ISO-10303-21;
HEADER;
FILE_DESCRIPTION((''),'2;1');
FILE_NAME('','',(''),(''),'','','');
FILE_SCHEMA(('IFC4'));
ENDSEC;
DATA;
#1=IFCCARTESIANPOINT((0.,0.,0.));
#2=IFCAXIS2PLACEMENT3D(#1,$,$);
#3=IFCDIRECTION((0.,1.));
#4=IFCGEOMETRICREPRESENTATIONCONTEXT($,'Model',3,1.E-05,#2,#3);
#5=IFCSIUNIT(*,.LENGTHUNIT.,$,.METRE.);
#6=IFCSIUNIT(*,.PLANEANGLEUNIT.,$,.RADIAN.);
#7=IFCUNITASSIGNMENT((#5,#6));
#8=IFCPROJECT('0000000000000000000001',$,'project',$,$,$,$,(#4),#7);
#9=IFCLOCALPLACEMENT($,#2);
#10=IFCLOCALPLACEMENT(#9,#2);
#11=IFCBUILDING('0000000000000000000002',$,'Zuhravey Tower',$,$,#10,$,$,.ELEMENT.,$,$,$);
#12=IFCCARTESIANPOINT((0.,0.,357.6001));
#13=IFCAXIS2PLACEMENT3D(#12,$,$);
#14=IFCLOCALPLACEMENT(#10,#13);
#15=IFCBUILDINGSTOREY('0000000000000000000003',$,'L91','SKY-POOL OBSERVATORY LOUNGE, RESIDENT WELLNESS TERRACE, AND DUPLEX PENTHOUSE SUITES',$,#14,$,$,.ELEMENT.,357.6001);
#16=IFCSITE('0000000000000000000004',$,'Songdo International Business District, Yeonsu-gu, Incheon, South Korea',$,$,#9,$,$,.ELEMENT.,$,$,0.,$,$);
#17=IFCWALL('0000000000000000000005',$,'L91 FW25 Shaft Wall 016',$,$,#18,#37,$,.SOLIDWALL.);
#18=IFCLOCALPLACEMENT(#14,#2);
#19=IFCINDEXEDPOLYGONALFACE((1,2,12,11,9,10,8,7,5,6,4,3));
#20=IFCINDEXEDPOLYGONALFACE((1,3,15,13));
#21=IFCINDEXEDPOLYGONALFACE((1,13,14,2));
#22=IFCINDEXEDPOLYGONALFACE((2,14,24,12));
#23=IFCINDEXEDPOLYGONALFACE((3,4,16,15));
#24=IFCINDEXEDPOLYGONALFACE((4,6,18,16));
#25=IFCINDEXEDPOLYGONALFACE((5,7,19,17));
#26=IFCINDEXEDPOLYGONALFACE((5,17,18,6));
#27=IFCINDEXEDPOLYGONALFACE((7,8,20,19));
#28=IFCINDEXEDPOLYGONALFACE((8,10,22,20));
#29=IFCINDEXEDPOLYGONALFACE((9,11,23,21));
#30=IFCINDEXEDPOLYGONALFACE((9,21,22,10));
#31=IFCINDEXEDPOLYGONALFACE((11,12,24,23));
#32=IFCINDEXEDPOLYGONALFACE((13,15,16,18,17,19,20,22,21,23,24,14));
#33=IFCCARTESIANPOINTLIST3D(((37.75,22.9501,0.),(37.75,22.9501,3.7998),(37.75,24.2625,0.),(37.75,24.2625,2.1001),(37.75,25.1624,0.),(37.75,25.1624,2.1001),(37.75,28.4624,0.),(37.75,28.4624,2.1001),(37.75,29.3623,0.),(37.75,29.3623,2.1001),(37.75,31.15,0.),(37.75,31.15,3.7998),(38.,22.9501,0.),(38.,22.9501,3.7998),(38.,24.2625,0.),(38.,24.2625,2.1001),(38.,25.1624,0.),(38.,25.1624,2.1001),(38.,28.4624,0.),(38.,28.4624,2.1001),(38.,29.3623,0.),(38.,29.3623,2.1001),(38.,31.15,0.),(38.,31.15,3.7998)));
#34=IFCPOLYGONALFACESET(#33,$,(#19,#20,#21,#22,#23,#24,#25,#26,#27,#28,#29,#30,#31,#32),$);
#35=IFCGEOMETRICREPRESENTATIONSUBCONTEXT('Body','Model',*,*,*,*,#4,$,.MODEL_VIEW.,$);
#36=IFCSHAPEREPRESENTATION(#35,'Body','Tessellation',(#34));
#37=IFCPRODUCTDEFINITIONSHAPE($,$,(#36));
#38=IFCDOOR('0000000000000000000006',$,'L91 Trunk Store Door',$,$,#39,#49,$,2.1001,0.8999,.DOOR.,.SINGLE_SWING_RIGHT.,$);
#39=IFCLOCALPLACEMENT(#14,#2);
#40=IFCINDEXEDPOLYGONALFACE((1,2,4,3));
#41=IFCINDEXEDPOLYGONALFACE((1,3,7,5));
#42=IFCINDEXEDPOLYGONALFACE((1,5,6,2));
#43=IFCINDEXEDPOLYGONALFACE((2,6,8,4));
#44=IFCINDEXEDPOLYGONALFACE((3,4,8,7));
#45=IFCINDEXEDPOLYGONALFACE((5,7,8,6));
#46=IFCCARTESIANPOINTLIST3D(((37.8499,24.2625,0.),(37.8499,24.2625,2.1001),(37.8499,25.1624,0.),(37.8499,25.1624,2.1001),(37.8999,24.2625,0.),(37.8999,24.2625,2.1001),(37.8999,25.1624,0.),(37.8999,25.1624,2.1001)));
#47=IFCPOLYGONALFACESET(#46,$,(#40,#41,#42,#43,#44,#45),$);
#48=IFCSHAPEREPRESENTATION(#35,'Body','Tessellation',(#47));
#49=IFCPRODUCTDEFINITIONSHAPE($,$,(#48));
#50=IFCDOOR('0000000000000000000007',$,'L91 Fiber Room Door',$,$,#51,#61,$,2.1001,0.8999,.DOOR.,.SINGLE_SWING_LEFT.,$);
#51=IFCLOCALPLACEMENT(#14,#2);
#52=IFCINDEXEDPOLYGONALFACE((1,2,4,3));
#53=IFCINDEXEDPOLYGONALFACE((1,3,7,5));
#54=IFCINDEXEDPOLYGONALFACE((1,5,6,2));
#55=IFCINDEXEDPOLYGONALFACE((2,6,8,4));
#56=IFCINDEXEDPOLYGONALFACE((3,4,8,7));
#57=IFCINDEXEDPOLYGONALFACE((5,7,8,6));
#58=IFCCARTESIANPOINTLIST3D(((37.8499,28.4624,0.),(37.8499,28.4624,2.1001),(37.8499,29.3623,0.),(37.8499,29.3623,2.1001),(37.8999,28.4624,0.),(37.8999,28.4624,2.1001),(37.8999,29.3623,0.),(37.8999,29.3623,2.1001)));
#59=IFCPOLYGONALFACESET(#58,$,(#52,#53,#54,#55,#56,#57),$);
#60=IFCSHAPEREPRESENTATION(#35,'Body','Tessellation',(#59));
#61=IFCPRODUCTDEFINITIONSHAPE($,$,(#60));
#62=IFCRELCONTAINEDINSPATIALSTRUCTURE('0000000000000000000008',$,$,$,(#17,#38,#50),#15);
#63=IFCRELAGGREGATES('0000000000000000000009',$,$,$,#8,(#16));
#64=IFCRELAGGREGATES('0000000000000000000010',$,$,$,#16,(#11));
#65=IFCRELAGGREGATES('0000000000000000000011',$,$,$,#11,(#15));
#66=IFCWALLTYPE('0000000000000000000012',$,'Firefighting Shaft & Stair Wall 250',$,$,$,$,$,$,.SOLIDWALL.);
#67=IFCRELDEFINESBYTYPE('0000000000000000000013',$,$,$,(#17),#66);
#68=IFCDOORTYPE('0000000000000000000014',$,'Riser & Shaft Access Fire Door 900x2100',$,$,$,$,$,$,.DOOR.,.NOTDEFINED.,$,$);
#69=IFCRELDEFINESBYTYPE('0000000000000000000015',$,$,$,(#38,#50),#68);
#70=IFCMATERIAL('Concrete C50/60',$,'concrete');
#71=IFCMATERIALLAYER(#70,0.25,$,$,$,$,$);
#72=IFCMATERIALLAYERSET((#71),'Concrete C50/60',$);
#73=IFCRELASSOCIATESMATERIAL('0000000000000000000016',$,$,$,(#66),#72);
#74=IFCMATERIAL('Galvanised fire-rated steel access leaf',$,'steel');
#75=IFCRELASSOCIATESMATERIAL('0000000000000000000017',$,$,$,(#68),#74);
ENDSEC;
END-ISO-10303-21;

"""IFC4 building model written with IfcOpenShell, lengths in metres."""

from ifc_helpers import new_model, si_unit, direction, frame, frame_2d, origin, place, context, subcontext, project, spatial, rectangle, extrude, material, layer, layer_set, type_object, element, fill, save


model = new_model("IFC4")

# Units and contexts
model_context = context("Model", 3, precision=1e-05, world=origin(), true_north=direction((0.0, 1.0)))
body_context = subcontext(model_context, "Body", "Model", "MODEL_VIEW")
ifc_project = project(units=[si_unit("LENGTHUNIT", "METRE"), si_unit("PLANEANGLEUNIT", "RADIAN")], contexts=[model_context])

# Site, building, storey
site_placement = place(None, origin())
site = spatial("IfcSite", under=ifc_project, at=site_placement, Name="Songdo International Business District, Yeonsu-gu, Incheon, South Korea", CompositionType="ELEMENT", RefElevation=0.0)
building_placement = place(site_placement, origin())
building = spatial("IfcBuilding", under=site, at=building_placement, Name="Zuhravey Tower", CompositionType="ELEMENT")
storey_placement = place(building_placement, frame((0.0, 0.0, 357.6001)))
storey = spatial("IfcBuildingStorey", under=building, at=storey_placement, Name="L91", Description="SKY-POOL OBSERVATORY LOUNGE, RESIDENT WELLNESS TERRACE, AND DUPLEX PENTHOUSE SUITES", CompositionType="ELEMENT", Elevation=357.6001)

# Shared definitions
ifc_material_1 = material(Name="Concrete C50/60", Category="concrete")

# Shared definitions
ifc_layer_1 = layer(ifc_material_1, 0.25)
ifc_layer_set_1 = layer_set([ifc_layer_1], Name="Concrete C50/60")
wall_type_1 = type_object("IfcWallType", Name="Firefighting Shaft & Stair Wall 250", PredefinedType="SOLIDWALL", material=ifc_layer_set_1)

# Shared definitions
ifc_material_2 = material(Name="Galvanised fire-rated steel access leaf", Category="steel")
door_type_1 = type_object("IfcDoorType", Name="Riser & Shaft Access Fire Door 900x2100", OperationType="NOTDEFINED", PredefinedType="DOOR", material=ifc_material_2)

# Wall, openings, doors
wall_1_placement = place(storey_placement, frame((37.875, 22.95, 0.0), z_axis=(0.0, 0.0, 1.0), x_axis=(0.0, 1.0, 0.0)))
wall_1 = element("IfcWall", 1, at=wall_1_placement, inside=storey, type_object=wall_type_1, Name="L91 FW25 Shaft Wall 016", PredefinedType="SOLIDWALL", context=body_context, shape_type="SweptSolid", body=[
    extrude(rectangle(XDim=8.2, YDim=0.25, at=frame_2d((4.1001, 0.0))), origin(), (0.0, 0.0, 1.0), 3.7998),
])
opening_1_placement = place(wall_1_placement, frame((1.3125, 0.0, 0.0)))
opening_1 = element("IfcOpeningElement", 2, at=opening_1_placement, cuts=wall_1, PredefinedType="OPENING", context=body_context, shape_type="SweptSolid", body=[
    extrude(rectangle(XDim=0.8999, YDim=2.1001, at=frame_2d((0.45, 1.05))), frame((0.0, 0.137, 0.0), z_axis=(0.0, -1.0, 0.0), x_axis=(1.0, 0.0, 0.0)), (0.0, 0.0, 1.0), 0.2739),
])
opening_2_placement = place(wall_1_placement, frame((5.5125, 0.0, 0.0)))
opening_2 = element("IfcOpeningElement", 3, at=opening_2_placement, cuts=wall_1, PredefinedType="OPENING", context=body_context, shape_type="SweptSolid", body=[
    extrude(rectangle(XDim=0.8999, YDim=2.1001, at=frame_2d((0.45, 1.05))), frame((0.0, 0.137, 0.0), z_axis=(0.0, -1.0, 0.0), x_axis=(1.0, 0.0, 0.0)), (0.0, 0.0, 1.0), 0.2739),
])
door_1_placement = place(opening_1_placement, frame((0.8999, 0.0, 0.0), z_axis=(0.0, 0.0, 1.0), x_axis=(-1.0, 0.0, 0.0)))
door_1 = element("IfcDoor", 4, at=door_1_placement, inside=storey, type_object=door_type_1, Name="L91 Trunk Store Door", OperationType="SINGLE_SWING_RIGHT", OverallHeight=2.1001, OverallWidth=0.8999, PredefinedType="DOOR", context=body_context, shape_type="SweptSolid", body=[
    extrude(rectangle(XDim=0.8999, YDim=2.1001, at=frame_2d((0.45, 1.05))), frame((0.0, 0.0249, 0.0), z_axis=(0.0, -1.0, 0.0), x_axis=(1.0, 0.0, 0.0)), (0.0, 0.0, 1.0), 0.05),
])
fill(opening_1, door_1)
door_2_placement = place(opening_2_placement, frame((0.8999, 0.0, 0.0), z_axis=(0.0, 0.0, 1.0), x_axis=(-1.0, 0.0, 0.0)))
door_2 = element("IfcDoor", 5, at=door_2_placement, inside=storey, type_object=door_type_1, Name="L91 Fiber Room Door", OperationType="SINGLE_SWING_LEFT", OverallHeight=2.1001, OverallWidth=0.8999, PredefinedType="DOOR", context=body_context, shape_type="SweptSolid", body=[
    extrude(rectangle(XDim=0.8999, YDim=2.1001, at=frame_2d((0.45, 1.05))), frame((0.0, 0.0249, 0.0), z_axis=(0.0, -1.0, 0.0), x_axis=(1.0, 0.0, 0.0)), (0.0, 0.0, 1.0), 0.05),
])
fill(opening_2, door_2)

save(model, "model.ifc")
